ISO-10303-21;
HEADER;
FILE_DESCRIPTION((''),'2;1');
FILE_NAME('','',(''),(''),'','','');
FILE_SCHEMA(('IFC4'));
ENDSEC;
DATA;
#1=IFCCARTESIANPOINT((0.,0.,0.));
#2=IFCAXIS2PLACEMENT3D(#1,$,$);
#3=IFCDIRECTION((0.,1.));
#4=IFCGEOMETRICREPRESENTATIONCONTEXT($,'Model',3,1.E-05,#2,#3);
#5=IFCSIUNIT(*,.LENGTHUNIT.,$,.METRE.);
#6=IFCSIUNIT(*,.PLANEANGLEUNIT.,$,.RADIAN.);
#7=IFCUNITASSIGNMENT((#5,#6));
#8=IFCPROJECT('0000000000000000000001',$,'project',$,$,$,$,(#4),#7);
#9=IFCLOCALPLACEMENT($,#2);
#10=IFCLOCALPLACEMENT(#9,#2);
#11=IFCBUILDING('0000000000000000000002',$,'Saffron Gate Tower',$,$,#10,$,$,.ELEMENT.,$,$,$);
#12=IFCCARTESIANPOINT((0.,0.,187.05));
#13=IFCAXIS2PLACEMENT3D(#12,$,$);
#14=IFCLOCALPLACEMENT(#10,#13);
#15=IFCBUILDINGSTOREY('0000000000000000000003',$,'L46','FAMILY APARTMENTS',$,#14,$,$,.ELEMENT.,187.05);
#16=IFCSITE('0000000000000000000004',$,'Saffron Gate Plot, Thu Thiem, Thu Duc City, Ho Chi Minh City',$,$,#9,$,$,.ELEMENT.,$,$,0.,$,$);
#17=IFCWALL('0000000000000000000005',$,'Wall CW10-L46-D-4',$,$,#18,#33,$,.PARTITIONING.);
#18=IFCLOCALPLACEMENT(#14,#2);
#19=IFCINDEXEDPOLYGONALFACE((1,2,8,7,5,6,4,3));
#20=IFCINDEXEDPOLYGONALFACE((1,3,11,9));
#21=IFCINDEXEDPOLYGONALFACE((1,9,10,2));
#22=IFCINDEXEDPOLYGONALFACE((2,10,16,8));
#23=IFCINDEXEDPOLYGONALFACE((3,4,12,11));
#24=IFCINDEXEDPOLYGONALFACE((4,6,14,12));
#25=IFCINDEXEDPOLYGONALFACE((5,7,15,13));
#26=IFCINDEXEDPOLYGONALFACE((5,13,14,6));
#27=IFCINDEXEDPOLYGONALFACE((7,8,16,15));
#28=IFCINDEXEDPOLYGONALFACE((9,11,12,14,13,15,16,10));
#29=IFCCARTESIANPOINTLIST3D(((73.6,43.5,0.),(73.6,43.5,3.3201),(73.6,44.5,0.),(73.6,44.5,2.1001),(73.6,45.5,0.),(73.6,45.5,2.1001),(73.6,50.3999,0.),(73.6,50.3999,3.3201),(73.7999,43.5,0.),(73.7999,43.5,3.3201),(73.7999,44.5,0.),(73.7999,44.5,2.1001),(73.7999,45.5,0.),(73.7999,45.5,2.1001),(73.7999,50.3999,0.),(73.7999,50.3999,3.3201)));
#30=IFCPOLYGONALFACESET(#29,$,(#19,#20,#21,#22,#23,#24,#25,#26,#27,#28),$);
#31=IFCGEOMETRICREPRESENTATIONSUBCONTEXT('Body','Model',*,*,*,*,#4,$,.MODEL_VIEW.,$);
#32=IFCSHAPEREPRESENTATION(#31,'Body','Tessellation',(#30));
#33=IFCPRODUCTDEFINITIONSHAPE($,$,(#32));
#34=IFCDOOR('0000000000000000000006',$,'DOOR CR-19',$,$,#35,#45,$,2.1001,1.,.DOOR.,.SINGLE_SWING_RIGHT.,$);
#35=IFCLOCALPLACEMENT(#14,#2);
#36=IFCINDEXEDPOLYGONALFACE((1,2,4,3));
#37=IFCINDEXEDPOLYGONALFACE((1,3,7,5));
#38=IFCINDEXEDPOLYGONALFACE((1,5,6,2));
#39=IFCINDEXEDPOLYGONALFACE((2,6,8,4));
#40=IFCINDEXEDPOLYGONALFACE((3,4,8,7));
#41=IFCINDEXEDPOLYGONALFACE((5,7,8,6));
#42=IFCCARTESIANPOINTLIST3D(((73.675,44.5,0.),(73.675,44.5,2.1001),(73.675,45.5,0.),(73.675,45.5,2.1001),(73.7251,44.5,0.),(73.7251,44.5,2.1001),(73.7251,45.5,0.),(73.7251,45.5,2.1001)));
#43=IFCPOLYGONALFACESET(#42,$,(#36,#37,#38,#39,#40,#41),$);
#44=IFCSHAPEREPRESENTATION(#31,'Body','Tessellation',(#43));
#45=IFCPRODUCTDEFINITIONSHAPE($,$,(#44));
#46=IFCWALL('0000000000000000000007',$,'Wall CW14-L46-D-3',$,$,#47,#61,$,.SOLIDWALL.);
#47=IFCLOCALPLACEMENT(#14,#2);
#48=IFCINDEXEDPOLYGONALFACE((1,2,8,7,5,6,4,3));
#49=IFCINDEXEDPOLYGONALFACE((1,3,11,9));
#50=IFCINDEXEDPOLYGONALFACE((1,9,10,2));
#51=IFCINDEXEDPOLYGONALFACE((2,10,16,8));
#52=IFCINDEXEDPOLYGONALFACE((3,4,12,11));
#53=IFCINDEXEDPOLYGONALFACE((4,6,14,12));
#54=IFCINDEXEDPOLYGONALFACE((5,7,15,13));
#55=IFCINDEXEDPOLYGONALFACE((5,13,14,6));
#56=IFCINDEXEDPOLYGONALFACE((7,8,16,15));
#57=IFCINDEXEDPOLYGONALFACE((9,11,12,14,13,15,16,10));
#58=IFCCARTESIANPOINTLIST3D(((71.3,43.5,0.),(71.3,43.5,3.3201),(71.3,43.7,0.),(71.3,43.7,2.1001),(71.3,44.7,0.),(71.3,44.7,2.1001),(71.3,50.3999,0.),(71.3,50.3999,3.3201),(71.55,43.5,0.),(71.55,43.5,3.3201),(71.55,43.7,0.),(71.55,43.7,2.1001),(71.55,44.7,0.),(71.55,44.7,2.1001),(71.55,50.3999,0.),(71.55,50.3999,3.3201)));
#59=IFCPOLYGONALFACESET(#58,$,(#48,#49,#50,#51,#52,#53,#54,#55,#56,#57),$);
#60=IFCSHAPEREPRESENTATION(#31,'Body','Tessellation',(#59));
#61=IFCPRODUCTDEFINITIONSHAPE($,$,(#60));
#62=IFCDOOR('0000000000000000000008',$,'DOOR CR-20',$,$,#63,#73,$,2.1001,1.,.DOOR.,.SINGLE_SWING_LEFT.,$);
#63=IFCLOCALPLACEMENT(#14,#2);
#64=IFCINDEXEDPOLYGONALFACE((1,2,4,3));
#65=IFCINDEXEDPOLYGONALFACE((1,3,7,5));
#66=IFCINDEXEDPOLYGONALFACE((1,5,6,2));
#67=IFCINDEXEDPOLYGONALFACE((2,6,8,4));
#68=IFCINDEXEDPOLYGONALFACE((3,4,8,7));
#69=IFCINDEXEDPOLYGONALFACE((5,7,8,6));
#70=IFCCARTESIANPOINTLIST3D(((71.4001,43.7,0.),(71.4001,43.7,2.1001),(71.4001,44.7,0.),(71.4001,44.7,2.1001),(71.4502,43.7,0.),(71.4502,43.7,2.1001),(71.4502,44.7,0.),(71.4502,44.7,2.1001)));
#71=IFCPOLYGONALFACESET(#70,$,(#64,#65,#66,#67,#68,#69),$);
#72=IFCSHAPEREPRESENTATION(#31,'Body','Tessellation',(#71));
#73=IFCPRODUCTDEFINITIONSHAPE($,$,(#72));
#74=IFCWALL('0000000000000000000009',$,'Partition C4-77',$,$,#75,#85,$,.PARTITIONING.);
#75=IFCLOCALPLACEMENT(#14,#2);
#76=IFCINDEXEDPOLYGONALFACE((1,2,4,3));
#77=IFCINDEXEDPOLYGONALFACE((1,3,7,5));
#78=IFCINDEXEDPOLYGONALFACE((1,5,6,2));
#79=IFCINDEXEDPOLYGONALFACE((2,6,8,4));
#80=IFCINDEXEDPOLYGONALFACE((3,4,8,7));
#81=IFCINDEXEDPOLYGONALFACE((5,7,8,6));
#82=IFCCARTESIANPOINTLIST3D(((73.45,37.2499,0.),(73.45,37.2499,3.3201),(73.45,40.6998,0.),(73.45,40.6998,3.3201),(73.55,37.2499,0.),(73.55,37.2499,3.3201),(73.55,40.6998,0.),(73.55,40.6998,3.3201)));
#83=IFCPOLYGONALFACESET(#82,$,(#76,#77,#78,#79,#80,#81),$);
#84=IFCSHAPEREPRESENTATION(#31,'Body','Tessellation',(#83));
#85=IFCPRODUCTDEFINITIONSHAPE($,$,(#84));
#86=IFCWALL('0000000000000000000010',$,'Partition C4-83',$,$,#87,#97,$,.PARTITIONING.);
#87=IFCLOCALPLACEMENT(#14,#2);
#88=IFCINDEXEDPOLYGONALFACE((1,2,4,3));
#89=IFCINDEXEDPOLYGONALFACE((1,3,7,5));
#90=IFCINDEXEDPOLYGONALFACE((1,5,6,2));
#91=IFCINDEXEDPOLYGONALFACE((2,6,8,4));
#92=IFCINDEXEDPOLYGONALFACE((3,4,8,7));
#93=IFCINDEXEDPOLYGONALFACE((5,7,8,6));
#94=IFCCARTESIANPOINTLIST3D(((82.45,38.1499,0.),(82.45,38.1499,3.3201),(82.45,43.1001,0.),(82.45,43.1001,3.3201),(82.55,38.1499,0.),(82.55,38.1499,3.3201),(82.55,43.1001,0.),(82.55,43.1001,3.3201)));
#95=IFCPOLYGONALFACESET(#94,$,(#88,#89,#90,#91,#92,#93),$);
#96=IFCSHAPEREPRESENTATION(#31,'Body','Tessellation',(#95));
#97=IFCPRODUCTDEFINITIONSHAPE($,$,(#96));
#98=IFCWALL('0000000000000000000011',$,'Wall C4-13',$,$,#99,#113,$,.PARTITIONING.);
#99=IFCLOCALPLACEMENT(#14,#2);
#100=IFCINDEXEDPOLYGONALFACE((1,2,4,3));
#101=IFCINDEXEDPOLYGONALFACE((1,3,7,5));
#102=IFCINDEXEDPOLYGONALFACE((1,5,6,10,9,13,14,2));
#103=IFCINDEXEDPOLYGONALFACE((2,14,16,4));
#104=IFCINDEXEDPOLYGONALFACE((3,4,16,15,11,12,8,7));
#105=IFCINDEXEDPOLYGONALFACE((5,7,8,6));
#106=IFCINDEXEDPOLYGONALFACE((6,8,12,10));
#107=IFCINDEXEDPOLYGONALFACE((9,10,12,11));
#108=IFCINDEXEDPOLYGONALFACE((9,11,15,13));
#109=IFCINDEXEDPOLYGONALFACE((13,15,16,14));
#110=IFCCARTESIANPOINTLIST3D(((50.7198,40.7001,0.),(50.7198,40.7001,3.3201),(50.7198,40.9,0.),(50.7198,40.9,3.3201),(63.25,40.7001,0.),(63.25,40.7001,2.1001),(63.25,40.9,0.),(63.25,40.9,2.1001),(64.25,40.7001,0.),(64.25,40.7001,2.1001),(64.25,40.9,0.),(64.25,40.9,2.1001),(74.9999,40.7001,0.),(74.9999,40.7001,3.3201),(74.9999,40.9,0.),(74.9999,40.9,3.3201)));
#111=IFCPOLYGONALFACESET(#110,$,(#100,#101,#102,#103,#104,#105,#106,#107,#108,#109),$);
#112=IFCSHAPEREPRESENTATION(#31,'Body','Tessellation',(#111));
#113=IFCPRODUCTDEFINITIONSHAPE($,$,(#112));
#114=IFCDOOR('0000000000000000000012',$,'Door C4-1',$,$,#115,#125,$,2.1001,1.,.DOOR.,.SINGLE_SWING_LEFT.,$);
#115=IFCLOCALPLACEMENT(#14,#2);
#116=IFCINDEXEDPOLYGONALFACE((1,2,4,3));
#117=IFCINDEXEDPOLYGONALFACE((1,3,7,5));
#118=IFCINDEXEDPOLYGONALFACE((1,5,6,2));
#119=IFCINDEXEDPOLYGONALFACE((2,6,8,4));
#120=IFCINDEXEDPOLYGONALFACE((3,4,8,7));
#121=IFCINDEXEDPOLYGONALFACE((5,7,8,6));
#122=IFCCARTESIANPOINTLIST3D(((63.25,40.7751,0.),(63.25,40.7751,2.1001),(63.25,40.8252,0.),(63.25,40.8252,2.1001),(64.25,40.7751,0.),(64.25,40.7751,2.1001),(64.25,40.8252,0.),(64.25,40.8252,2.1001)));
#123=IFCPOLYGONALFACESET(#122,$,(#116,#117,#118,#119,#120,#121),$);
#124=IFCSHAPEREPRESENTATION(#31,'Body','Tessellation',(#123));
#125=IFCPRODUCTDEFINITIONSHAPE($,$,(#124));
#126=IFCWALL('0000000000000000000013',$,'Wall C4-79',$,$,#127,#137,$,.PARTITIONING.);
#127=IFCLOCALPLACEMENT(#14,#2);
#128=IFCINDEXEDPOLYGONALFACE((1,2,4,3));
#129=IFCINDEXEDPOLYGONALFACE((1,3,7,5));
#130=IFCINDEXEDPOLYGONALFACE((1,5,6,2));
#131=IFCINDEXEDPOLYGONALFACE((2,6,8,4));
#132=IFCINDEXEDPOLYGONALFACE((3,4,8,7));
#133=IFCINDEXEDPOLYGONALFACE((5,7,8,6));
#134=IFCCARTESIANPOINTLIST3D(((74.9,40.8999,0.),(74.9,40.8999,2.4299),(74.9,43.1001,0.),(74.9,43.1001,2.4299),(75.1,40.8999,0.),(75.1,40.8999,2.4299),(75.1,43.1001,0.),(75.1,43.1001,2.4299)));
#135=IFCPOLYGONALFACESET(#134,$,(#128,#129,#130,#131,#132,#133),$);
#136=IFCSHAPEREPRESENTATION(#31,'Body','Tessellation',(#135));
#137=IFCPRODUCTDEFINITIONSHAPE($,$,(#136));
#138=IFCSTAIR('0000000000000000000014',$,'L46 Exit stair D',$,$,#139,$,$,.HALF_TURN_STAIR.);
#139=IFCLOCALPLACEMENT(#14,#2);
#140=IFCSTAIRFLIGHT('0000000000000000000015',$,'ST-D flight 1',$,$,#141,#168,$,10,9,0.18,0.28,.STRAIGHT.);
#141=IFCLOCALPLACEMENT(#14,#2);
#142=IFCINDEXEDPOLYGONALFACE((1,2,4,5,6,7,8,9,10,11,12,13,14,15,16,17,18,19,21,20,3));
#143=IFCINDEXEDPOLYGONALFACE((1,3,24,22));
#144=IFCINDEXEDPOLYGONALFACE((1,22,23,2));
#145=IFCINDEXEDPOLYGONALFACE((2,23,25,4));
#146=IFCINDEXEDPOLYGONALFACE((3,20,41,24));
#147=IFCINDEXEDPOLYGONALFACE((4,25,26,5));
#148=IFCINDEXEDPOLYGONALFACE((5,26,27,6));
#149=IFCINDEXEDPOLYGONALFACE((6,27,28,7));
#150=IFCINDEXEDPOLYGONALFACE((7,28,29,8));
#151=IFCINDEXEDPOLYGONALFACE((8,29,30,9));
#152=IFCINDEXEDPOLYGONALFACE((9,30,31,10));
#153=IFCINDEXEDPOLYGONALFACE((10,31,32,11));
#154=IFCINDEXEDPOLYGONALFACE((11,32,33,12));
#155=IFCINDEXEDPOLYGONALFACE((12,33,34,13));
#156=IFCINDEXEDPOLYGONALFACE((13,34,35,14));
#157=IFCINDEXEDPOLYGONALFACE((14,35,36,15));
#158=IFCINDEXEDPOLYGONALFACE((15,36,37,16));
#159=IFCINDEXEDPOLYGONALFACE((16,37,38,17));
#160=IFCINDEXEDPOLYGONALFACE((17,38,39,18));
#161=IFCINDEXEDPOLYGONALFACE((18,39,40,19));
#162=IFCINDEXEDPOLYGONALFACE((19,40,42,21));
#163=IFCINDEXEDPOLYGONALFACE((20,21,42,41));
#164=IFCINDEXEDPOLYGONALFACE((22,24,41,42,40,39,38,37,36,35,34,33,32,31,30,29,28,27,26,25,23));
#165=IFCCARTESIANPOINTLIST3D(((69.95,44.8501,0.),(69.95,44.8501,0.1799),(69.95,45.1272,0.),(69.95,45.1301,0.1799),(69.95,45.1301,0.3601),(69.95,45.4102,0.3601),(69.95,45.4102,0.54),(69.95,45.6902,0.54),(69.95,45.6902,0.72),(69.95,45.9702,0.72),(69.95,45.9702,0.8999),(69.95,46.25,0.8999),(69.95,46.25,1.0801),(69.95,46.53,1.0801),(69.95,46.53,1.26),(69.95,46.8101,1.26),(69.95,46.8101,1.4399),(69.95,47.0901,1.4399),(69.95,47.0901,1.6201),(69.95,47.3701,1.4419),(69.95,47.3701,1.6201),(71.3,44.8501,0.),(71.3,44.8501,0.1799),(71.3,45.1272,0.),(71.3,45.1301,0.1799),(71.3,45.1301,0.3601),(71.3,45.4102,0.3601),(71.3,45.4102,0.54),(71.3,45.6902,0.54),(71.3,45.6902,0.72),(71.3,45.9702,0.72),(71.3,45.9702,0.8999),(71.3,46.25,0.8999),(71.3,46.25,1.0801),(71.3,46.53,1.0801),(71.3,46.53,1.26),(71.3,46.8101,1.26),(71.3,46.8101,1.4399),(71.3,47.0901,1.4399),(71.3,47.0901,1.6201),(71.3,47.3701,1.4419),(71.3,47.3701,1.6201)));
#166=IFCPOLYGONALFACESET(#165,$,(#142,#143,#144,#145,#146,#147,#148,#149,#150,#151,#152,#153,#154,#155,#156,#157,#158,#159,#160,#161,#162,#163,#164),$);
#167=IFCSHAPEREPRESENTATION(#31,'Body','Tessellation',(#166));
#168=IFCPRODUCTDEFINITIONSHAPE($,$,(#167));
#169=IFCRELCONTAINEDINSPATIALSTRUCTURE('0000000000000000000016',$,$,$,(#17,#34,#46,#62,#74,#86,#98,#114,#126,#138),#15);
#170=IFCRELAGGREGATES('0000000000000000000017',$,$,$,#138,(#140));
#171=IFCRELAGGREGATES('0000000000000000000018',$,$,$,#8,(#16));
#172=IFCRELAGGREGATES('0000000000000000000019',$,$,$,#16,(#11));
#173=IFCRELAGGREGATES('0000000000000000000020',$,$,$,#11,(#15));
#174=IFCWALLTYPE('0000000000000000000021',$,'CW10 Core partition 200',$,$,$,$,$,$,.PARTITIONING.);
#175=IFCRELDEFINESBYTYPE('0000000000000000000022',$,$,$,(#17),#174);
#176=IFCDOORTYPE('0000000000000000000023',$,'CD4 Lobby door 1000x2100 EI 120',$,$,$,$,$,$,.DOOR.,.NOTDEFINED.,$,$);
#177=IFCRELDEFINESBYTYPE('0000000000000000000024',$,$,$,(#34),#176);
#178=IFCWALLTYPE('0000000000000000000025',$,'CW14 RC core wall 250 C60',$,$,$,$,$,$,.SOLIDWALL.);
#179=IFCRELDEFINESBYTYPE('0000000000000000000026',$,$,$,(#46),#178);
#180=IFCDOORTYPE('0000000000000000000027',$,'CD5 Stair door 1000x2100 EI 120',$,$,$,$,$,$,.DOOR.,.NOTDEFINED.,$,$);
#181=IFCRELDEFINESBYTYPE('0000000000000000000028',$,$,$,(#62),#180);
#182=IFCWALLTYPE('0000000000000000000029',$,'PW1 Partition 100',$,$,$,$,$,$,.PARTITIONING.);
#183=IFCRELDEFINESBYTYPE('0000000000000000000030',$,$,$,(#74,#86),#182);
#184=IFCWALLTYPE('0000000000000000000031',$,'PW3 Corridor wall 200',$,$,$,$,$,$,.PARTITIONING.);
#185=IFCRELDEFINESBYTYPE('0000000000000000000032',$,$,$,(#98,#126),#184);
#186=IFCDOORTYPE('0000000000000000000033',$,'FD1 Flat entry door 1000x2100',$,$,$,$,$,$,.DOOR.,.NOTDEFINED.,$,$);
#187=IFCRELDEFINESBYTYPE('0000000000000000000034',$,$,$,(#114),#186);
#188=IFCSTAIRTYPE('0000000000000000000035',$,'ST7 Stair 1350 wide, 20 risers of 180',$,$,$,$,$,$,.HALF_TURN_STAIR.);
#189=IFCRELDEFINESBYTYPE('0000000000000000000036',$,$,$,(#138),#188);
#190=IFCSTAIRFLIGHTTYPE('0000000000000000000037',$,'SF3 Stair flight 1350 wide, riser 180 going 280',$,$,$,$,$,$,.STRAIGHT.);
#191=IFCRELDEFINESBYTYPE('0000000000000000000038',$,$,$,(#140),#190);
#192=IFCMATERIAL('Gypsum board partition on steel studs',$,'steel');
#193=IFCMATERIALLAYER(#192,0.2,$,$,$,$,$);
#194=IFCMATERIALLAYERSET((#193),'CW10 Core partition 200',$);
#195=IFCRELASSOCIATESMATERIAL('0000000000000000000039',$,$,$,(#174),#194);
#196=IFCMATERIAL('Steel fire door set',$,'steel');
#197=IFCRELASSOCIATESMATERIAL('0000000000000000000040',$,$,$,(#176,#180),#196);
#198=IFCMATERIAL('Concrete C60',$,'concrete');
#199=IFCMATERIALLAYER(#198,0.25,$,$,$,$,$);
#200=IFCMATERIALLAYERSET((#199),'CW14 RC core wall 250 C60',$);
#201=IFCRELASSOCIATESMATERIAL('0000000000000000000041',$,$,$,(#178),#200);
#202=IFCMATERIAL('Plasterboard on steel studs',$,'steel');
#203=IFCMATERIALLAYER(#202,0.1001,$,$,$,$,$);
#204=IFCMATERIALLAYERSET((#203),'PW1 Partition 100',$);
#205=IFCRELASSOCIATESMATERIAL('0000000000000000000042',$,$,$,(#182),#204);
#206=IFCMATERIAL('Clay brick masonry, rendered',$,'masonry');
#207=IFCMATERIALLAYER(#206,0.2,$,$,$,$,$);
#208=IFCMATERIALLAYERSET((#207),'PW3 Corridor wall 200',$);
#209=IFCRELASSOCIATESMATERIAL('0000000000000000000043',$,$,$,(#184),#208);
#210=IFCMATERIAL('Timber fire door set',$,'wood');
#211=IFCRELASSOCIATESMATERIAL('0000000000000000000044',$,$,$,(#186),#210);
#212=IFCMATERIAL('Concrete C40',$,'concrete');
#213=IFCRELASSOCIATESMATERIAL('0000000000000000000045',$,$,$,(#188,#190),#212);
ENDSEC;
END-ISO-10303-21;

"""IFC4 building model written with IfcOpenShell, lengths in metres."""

from ifc_helpers import new_model, si_unit, direction, frame, frame_2d, origin, place, context, subcontext, project, spatial, polyline, rectangle, outline, extrude, material, layer, layer_set, type_object, element, fill, aggregate, save


model = new_model("IFC4")

# Units and contexts
model_context = context("Model", 3, precision=1e-05, world=origin(), true_north=direction((0.0, 1.0)))
body_context = subcontext(model_context, "Body", "Model", "MODEL_VIEW")
ifc_project = project(units=[si_unit("LENGTHUNIT", "METRE"), si_unit("PLANEANGLEUNIT", "RADIAN")], contexts=[model_context])

# Site, building, storey
site_placement = place(None, origin())
site = spatial("IfcSite", under=ifc_project, at=site_placement, Name="Saffron Gate Plot, Thu Thiem, Thu Duc City, Ho Chi Minh City", CompositionType="ELEMENT", RefElevation=0.0)
building_placement = place(site_placement, origin())
building = spatial("IfcBuilding", under=site, at=building_placement, Name="Saffron Gate Tower", CompositionType="ELEMENT")
storey_placement = place(building_placement, frame((0.0, 0.0, 187.05)))
storey = spatial("IfcBuildingStorey", under=building, at=storey_placement, Name="L46", Description="FAMILY APARTMENTS", CompositionType="ELEMENT", Elevation=187.05)

# Walls, openings, doors
ifc_material_1 = material(Name="Gypsum board partition on steel studs", Category="steel")
ifc_layer_1 = layer(ifc_material_1, 0.2)
ifc_layer_set_1 = layer_set([ifc_layer_1], Name="CW10 Core partition 200")
wall_type_1 = type_object("IfcWallType", Name="CW10 Core partition 200", PredefinedType="PARTITIONING", material=ifc_layer_set_1)
wall_1_placement = place(storey_placement, frame((73.7, 43.5, 0.0), z_axis=(0.0, 0.0, 1.0), x_axis=(0.0, 1.0, 0.0)))
wall_1 = element("IfcWall", 1, at=wall_1_placement, inside=storey, type_object=wall_type_1, Name="Wall CW10-L46-D-4", PredefinedType="PARTITIONING", context=body_context, shape_type="SweptSolid", body=[
    extrude(rectangle(XDim=6.8999, YDim=0.2, at=frame_2d((3.45, 0.0))), origin(), (0.0, 0.0, 1.0), 3.3201),
])
opening_1_placement = place(wall_1_placement, frame((1.0, 0.0, 0.0)))
opening_1 = element("IfcOpeningElement", 2, at=opening_1_placement, cuts=wall_1, PredefinedType="OPENING", context=body_context, shape_type="SweptSolid", body=[
    extrude(rectangle(XDim=1.0, YDim=2.1001, at=frame_2d((0.5, 1.05))), frame((0.0, 0.1099, 0.0), z_axis=(0.0, -1.0, 0.0), x_axis=(1.0, 0.0, 0.0)), (0.0, 0.0, 1.0), 0.22),
])
ifc_material_2 = material(Name="Steel fire door set", Category="steel")
door_type_1 = type_object("IfcDoorType", Name="CD4 Lobby door 1000x2100 EI 120", OperationType="NOTDEFINED", PredefinedType="DOOR", material=ifc_material_2)
door_1_placement = place(opening_1_placement, origin())
door_1 = element("IfcDoor", 3, at=door_1_placement, inside=storey, type_object=door_type_1, Name="DOOR CR-19", OperationType="SINGLE_SWING_RIGHT", OverallHeight=2.1001, OverallWidth=1.0, PredefinedType="DOOR", context=body_context, shape_type="SweptSolid", body=[
    extrude(rectangle(XDim=1.0, YDim=2.1001, at=frame_2d((0.5, 1.05))), frame((0.0, 0.0249, 0.0), z_axis=(0.0, -1.0, 0.0), x_axis=(1.0, 0.0, 0.0)), (0.0, 0.0, 1.0), 0.05),
])
fill(opening_1, door_1)
ifc_material_3 = material(Name="Concrete C60", Category="concrete")
ifc_layer_2 = layer(ifc_material_3, 0.25)
ifc_layer_set_2 = layer_set([ifc_layer_2], Name="CW14 RC core wall 250 C60")
wall_type_2 = type_object("IfcWallType", Name="CW14 RC core wall 250 C60", PredefinedType="SOLIDWALL", material=ifc_layer_set_2)
wall_2_placement = place(storey_placement, frame((71.425, 43.5, 0.0), z_axis=(0.0, 0.0, 1.0), x_axis=(0.0, 1.0, 0.0)))
wall_2 = element("IfcWall", 4, at=wall_2_placement, inside=storey, type_object=wall_type_2, Name="Wall CW14-L46-D-3", PredefinedType="SOLIDWALL", context=body_context, shape_type="SweptSolid", body=[
    extrude(rectangle(XDim=6.8999, YDim=0.25, at=frame_2d((3.45, 0.0))), origin(), (0.0, 0.0, 1.0), 3.3201),
])
opening_2_placement = place(wall_2_placement, frame((0.2, 0.0, 0.0)))
opening_2 = element("IfcOpeningElement", 5, at=opening_2_placement, cuts=wall_2, PredefinedType="OPENING", context=body_context, shape_type="SweptSolid", body=[
    extrude(rectangle(XDim=1.0, YDim=2.1001, at=frame_2d((0.5, 1.05))), frame((0.0, 0.135, 0.0), z_axis=(0.0, -1.0, 0.0), x_axis=(1.0, 0.0, 0.0)), (0.0, 0.0, 1.0), 0.27),
])
door_type_2 = type_object("IfcDoorType", Name="CD5 Stair door 1000x2100 EI 120", OperationType="NOTDEFINED", PredefinedType="DOOR", material=ifc_material_2)
door_2_placement = place(opening_2_placement, origin())
door_2 = element("IfcDoor", 6, at=door_2_placement, inside=storey, type_object=door_type_2, Name="DOOR CR-20", OperationType="SINGLE_SWING_LEFT", OverallHeight=2.1001, OverallWidth=1.0, PredefinedType="DOOR", context=body_context, shape_type="SweptSolid", body=[
    extrude(rectangle(XDim=1.0, YDim=2.1001, at=frame_2d((0.5, 1.05))), frame((0.0, 0.0249, 0.0), z_axis=(0.0, -1.0, 0.0), x_axis=(1.0, 0.0, 0.0)), (0.0, 0.0, 1.0), 0.05),
])
fill(opening_2, door_2)

# Walls
ifc_material_4 = material(Name="Plasterboard on steel studs", Category="steel")
ifc_layer_3 = layer(ifc_material_4, 0.1001)
ifc_layer_set_3 = layer_set([ifc_layer_3], Name="PW1 Partition 100")
wall_type_3 = type_object("IfcWallType", Name="PW1 Partition 100", PredefinedType="PARTITIONING", material=ifc_layer_set_3)
wall_3_placement = place(storey_placement, frame((73.5, 40.7, 0.0), z_axis=(0.0, 0.0, 1.0), x_axis=(0.0, -1.0, 0.0)))
element("IfcWall", 7, at=wall_3_placement, inside=storey, type_object=wall_type_3, Name="Partition C4-77", PredefinedType="PARTITIONING", context=body_context, shape_type="SweptSolid", body=[
    extrude(rectangle(XDim=3.45, YDim=0.1001, at=frame_2d((1.7251, 0.0))), origin(), (0.0, 0.0, 1.0), 3.3201),
])
wall_4_placement = place(storey_placement, frame((82.5, 43.1001, 0.0), z_axis=(0.0, 0.0, 1.0), x_axis=(0.0, -1.0, 0.0)))
element("IfcWall", 8, at=wall_4_placement, inside=storey, type_object=wall_type_3, Name="Partition C4-83", PredefinedType="PARTITIONING", context=body_context, shape_type="SweptSolid", body=[
    extrude(rectangle(XDim=4.9502, YDim=0.1001, at=frame_2d((2.4751, 0.0))), origin(), (0.0, 0.0, 1.0), 3.3201),
])

# Wall, opening, door
ifc_material_5 = material(Name="Clay brick masonry, rendered", Category="masonry")
ifc_layer_4 = layer(ifc_material_5, 0.2)
ifc_layer_set_4 = layer_set([ifc_layer_4], Name="PW3 Corridor wall 200")
wall_type_4 = type_object("IfcWallType", Name="PW3 Corridor wall 200", PredefinedType="PARTITIONING", material=ifc_layer_set_4)
wall_5_placement = place(storey_placement, frame((75.0, 40.8, 0.0), z_axis=(0.0, 0.0, 1.0), x_axis=(-1.0, 0.0, 0.0)))
wall_5 = element("IfcWall", 9, at=wall_5_placement, inside=storey, type_object=wall_type_4, Name="Wall C4-13", PredefinedType="PARTITIONING", context=body_context, shape_type="SweptSolid", body=[
    extrude(rectangle(XDim=24.28, YDim=0.2, at=frame_2d((12.1401, 0.0))), origin(), (0.0, 0.0, 1.0), 3.3201),
])
opening_3_placement = place(wall_5_placement, frame((10.75, 0.0, 0.0)))
opening_3 = element("IfcOpeningElement", 10, at=opening_3_placement, cuts=wall_5, PredefinedType="OPENING", context=body_context, shape_type="SweptSolid", body=[
    extrude(rectangle(XDim=1.0, YDim=2.1001, at=frame_2d((0.5, 1.05))), frame((0.0, 0.1099, 0.0), z_axis=(0.0, -1.0, 0.0), x_axis=(1.0, 0.0, 0.0)), (0.0, 0.0, 1.0), 0.22),
])
ifc_material_6 = material(Name="Timber fire door set", Category="wood")
door_type_3 = type_object("IfcDoorType", Name="FD1 Flat entry door 1000x2100", OperationType="NOTDEFINED", PredefinedType="DOOR", material=ifc_material_6)
door_3_placement = place(opening_3_placement, origin())
door_3 = element("IfcDoor", 11, at=door_3_placement, inside=storey, type_object=door_type_3, Name="Door C4-1", OperationType="SINGLE_SWING_LEFT", OverallHeight=2.1001, OverallWidth=1.0, PredefinedType="DOOR", context=body_context, shape_type="SweptSolid", body=[
    extrude(rectangle(XDim=1.0, YDim=2.1001, at=frame_2d((0.5, 1.05))), frame((0.0, 0.0249, 0.0), z_axis=(0.0, -1.0, 0.0), x_axis=(1.0, 0.0, 0.0)), (0.0, 0.0, 1.0), 0.05),
])
fill(opening_3, door_3)

# Wall
wall_6_placement = place(storey_placement, frame((75.0, 43.1001, 0.0), z_axis=(0.0, 0.0, 1.0), x_axis=(0.0, -1.0, 0.0)))
element("IfcWall", 12, at=wall_6_placement, inside=storey, type_object=wall_type_4, Name="Wall C4-79", PredefinedType="PARTITIONING", context=body_context, shape_type="SweptSolid", body=[
    extrude(rectangle(XDim=2.2002, YDim=0.2, at=frame_2d((1.1001, 0.0))), origin(), (0.0, 0.0, 1.0), 2.4299),
])

# Stair, stair flight
ifc_material_7 = material(Name="Concrete C40", Category="concrete")
stair_type = type_object("IfcStairType", Name="ST7 Stair 1350 wide, 20 risers of 180", PredefinedType="HALF_TURN_STAIR", material=ifc_material_7)
stair_placement = place(storey_placement, origin())
stair = element("IfcStair", 13, at=stair_placement, inside=storey, type_object=stair_type, Name="L46 Exit stair D", PredefinedType="HALF_TURN_STAIR")
stair_flight_type = type_object("IfcStairFlightType", Name="SF3 Stair flight 1350 wide, riser 180 going 280", PredefinedType="STRAIGHT", material=ifc_material_7)
stair_flight_placement = place(storey_placement, frame((70.625, 44.8501, 0.0), z_axis=(0.0, 0.0, 1.0), x_axis=(0.0, 1.0, 0.0)))
stair_flight = element("IfcStairFlight", 14, at=stair_flight_placement, type_object=stair_flight_type, Name="ST-D flight 1", NumberOfRisers=10, NumberOfTreads=9, PredefinedType="STRAIGHT", RiserHeight=0.18, TreadLength=0.28, context=body_context, shape_type="SweptSolid", body=[
    extrude(outline(polyline([(0.0, 0.0), (0.0, 0.1799), (0.28, 0.1799), (0.28, 0.3601), (0.5601, 0.3601), (0.5601, 0.54), (0.8401, 0.54), (0.8401, 0.72), (1.1201, 0.72), (1.1201, 0.8999), (1.3999, 0.8999), (1.3999, 1.0801), (1.6799, 1.0801), (1.6799, 1.26), (1.96, 1.26), (1.96, 1.4399), (2.24, 1.4399), (2.24, 1.6201), (2.52, 1.6201), (2.52, 1.8), (2.52, 1.4419), (0.2771, 0.0), (0.0, 0.0)])), frame((0.0, 0.675, 0.0), z_axis=(0.0, -1.0, 0.0), x_axis=(1.0, 0.0, 0.0)), (0.0, 0.0, 1.0), 1.3501),
])
aggregate(stair, [stair_flight])

save(model, "model.ifc")
